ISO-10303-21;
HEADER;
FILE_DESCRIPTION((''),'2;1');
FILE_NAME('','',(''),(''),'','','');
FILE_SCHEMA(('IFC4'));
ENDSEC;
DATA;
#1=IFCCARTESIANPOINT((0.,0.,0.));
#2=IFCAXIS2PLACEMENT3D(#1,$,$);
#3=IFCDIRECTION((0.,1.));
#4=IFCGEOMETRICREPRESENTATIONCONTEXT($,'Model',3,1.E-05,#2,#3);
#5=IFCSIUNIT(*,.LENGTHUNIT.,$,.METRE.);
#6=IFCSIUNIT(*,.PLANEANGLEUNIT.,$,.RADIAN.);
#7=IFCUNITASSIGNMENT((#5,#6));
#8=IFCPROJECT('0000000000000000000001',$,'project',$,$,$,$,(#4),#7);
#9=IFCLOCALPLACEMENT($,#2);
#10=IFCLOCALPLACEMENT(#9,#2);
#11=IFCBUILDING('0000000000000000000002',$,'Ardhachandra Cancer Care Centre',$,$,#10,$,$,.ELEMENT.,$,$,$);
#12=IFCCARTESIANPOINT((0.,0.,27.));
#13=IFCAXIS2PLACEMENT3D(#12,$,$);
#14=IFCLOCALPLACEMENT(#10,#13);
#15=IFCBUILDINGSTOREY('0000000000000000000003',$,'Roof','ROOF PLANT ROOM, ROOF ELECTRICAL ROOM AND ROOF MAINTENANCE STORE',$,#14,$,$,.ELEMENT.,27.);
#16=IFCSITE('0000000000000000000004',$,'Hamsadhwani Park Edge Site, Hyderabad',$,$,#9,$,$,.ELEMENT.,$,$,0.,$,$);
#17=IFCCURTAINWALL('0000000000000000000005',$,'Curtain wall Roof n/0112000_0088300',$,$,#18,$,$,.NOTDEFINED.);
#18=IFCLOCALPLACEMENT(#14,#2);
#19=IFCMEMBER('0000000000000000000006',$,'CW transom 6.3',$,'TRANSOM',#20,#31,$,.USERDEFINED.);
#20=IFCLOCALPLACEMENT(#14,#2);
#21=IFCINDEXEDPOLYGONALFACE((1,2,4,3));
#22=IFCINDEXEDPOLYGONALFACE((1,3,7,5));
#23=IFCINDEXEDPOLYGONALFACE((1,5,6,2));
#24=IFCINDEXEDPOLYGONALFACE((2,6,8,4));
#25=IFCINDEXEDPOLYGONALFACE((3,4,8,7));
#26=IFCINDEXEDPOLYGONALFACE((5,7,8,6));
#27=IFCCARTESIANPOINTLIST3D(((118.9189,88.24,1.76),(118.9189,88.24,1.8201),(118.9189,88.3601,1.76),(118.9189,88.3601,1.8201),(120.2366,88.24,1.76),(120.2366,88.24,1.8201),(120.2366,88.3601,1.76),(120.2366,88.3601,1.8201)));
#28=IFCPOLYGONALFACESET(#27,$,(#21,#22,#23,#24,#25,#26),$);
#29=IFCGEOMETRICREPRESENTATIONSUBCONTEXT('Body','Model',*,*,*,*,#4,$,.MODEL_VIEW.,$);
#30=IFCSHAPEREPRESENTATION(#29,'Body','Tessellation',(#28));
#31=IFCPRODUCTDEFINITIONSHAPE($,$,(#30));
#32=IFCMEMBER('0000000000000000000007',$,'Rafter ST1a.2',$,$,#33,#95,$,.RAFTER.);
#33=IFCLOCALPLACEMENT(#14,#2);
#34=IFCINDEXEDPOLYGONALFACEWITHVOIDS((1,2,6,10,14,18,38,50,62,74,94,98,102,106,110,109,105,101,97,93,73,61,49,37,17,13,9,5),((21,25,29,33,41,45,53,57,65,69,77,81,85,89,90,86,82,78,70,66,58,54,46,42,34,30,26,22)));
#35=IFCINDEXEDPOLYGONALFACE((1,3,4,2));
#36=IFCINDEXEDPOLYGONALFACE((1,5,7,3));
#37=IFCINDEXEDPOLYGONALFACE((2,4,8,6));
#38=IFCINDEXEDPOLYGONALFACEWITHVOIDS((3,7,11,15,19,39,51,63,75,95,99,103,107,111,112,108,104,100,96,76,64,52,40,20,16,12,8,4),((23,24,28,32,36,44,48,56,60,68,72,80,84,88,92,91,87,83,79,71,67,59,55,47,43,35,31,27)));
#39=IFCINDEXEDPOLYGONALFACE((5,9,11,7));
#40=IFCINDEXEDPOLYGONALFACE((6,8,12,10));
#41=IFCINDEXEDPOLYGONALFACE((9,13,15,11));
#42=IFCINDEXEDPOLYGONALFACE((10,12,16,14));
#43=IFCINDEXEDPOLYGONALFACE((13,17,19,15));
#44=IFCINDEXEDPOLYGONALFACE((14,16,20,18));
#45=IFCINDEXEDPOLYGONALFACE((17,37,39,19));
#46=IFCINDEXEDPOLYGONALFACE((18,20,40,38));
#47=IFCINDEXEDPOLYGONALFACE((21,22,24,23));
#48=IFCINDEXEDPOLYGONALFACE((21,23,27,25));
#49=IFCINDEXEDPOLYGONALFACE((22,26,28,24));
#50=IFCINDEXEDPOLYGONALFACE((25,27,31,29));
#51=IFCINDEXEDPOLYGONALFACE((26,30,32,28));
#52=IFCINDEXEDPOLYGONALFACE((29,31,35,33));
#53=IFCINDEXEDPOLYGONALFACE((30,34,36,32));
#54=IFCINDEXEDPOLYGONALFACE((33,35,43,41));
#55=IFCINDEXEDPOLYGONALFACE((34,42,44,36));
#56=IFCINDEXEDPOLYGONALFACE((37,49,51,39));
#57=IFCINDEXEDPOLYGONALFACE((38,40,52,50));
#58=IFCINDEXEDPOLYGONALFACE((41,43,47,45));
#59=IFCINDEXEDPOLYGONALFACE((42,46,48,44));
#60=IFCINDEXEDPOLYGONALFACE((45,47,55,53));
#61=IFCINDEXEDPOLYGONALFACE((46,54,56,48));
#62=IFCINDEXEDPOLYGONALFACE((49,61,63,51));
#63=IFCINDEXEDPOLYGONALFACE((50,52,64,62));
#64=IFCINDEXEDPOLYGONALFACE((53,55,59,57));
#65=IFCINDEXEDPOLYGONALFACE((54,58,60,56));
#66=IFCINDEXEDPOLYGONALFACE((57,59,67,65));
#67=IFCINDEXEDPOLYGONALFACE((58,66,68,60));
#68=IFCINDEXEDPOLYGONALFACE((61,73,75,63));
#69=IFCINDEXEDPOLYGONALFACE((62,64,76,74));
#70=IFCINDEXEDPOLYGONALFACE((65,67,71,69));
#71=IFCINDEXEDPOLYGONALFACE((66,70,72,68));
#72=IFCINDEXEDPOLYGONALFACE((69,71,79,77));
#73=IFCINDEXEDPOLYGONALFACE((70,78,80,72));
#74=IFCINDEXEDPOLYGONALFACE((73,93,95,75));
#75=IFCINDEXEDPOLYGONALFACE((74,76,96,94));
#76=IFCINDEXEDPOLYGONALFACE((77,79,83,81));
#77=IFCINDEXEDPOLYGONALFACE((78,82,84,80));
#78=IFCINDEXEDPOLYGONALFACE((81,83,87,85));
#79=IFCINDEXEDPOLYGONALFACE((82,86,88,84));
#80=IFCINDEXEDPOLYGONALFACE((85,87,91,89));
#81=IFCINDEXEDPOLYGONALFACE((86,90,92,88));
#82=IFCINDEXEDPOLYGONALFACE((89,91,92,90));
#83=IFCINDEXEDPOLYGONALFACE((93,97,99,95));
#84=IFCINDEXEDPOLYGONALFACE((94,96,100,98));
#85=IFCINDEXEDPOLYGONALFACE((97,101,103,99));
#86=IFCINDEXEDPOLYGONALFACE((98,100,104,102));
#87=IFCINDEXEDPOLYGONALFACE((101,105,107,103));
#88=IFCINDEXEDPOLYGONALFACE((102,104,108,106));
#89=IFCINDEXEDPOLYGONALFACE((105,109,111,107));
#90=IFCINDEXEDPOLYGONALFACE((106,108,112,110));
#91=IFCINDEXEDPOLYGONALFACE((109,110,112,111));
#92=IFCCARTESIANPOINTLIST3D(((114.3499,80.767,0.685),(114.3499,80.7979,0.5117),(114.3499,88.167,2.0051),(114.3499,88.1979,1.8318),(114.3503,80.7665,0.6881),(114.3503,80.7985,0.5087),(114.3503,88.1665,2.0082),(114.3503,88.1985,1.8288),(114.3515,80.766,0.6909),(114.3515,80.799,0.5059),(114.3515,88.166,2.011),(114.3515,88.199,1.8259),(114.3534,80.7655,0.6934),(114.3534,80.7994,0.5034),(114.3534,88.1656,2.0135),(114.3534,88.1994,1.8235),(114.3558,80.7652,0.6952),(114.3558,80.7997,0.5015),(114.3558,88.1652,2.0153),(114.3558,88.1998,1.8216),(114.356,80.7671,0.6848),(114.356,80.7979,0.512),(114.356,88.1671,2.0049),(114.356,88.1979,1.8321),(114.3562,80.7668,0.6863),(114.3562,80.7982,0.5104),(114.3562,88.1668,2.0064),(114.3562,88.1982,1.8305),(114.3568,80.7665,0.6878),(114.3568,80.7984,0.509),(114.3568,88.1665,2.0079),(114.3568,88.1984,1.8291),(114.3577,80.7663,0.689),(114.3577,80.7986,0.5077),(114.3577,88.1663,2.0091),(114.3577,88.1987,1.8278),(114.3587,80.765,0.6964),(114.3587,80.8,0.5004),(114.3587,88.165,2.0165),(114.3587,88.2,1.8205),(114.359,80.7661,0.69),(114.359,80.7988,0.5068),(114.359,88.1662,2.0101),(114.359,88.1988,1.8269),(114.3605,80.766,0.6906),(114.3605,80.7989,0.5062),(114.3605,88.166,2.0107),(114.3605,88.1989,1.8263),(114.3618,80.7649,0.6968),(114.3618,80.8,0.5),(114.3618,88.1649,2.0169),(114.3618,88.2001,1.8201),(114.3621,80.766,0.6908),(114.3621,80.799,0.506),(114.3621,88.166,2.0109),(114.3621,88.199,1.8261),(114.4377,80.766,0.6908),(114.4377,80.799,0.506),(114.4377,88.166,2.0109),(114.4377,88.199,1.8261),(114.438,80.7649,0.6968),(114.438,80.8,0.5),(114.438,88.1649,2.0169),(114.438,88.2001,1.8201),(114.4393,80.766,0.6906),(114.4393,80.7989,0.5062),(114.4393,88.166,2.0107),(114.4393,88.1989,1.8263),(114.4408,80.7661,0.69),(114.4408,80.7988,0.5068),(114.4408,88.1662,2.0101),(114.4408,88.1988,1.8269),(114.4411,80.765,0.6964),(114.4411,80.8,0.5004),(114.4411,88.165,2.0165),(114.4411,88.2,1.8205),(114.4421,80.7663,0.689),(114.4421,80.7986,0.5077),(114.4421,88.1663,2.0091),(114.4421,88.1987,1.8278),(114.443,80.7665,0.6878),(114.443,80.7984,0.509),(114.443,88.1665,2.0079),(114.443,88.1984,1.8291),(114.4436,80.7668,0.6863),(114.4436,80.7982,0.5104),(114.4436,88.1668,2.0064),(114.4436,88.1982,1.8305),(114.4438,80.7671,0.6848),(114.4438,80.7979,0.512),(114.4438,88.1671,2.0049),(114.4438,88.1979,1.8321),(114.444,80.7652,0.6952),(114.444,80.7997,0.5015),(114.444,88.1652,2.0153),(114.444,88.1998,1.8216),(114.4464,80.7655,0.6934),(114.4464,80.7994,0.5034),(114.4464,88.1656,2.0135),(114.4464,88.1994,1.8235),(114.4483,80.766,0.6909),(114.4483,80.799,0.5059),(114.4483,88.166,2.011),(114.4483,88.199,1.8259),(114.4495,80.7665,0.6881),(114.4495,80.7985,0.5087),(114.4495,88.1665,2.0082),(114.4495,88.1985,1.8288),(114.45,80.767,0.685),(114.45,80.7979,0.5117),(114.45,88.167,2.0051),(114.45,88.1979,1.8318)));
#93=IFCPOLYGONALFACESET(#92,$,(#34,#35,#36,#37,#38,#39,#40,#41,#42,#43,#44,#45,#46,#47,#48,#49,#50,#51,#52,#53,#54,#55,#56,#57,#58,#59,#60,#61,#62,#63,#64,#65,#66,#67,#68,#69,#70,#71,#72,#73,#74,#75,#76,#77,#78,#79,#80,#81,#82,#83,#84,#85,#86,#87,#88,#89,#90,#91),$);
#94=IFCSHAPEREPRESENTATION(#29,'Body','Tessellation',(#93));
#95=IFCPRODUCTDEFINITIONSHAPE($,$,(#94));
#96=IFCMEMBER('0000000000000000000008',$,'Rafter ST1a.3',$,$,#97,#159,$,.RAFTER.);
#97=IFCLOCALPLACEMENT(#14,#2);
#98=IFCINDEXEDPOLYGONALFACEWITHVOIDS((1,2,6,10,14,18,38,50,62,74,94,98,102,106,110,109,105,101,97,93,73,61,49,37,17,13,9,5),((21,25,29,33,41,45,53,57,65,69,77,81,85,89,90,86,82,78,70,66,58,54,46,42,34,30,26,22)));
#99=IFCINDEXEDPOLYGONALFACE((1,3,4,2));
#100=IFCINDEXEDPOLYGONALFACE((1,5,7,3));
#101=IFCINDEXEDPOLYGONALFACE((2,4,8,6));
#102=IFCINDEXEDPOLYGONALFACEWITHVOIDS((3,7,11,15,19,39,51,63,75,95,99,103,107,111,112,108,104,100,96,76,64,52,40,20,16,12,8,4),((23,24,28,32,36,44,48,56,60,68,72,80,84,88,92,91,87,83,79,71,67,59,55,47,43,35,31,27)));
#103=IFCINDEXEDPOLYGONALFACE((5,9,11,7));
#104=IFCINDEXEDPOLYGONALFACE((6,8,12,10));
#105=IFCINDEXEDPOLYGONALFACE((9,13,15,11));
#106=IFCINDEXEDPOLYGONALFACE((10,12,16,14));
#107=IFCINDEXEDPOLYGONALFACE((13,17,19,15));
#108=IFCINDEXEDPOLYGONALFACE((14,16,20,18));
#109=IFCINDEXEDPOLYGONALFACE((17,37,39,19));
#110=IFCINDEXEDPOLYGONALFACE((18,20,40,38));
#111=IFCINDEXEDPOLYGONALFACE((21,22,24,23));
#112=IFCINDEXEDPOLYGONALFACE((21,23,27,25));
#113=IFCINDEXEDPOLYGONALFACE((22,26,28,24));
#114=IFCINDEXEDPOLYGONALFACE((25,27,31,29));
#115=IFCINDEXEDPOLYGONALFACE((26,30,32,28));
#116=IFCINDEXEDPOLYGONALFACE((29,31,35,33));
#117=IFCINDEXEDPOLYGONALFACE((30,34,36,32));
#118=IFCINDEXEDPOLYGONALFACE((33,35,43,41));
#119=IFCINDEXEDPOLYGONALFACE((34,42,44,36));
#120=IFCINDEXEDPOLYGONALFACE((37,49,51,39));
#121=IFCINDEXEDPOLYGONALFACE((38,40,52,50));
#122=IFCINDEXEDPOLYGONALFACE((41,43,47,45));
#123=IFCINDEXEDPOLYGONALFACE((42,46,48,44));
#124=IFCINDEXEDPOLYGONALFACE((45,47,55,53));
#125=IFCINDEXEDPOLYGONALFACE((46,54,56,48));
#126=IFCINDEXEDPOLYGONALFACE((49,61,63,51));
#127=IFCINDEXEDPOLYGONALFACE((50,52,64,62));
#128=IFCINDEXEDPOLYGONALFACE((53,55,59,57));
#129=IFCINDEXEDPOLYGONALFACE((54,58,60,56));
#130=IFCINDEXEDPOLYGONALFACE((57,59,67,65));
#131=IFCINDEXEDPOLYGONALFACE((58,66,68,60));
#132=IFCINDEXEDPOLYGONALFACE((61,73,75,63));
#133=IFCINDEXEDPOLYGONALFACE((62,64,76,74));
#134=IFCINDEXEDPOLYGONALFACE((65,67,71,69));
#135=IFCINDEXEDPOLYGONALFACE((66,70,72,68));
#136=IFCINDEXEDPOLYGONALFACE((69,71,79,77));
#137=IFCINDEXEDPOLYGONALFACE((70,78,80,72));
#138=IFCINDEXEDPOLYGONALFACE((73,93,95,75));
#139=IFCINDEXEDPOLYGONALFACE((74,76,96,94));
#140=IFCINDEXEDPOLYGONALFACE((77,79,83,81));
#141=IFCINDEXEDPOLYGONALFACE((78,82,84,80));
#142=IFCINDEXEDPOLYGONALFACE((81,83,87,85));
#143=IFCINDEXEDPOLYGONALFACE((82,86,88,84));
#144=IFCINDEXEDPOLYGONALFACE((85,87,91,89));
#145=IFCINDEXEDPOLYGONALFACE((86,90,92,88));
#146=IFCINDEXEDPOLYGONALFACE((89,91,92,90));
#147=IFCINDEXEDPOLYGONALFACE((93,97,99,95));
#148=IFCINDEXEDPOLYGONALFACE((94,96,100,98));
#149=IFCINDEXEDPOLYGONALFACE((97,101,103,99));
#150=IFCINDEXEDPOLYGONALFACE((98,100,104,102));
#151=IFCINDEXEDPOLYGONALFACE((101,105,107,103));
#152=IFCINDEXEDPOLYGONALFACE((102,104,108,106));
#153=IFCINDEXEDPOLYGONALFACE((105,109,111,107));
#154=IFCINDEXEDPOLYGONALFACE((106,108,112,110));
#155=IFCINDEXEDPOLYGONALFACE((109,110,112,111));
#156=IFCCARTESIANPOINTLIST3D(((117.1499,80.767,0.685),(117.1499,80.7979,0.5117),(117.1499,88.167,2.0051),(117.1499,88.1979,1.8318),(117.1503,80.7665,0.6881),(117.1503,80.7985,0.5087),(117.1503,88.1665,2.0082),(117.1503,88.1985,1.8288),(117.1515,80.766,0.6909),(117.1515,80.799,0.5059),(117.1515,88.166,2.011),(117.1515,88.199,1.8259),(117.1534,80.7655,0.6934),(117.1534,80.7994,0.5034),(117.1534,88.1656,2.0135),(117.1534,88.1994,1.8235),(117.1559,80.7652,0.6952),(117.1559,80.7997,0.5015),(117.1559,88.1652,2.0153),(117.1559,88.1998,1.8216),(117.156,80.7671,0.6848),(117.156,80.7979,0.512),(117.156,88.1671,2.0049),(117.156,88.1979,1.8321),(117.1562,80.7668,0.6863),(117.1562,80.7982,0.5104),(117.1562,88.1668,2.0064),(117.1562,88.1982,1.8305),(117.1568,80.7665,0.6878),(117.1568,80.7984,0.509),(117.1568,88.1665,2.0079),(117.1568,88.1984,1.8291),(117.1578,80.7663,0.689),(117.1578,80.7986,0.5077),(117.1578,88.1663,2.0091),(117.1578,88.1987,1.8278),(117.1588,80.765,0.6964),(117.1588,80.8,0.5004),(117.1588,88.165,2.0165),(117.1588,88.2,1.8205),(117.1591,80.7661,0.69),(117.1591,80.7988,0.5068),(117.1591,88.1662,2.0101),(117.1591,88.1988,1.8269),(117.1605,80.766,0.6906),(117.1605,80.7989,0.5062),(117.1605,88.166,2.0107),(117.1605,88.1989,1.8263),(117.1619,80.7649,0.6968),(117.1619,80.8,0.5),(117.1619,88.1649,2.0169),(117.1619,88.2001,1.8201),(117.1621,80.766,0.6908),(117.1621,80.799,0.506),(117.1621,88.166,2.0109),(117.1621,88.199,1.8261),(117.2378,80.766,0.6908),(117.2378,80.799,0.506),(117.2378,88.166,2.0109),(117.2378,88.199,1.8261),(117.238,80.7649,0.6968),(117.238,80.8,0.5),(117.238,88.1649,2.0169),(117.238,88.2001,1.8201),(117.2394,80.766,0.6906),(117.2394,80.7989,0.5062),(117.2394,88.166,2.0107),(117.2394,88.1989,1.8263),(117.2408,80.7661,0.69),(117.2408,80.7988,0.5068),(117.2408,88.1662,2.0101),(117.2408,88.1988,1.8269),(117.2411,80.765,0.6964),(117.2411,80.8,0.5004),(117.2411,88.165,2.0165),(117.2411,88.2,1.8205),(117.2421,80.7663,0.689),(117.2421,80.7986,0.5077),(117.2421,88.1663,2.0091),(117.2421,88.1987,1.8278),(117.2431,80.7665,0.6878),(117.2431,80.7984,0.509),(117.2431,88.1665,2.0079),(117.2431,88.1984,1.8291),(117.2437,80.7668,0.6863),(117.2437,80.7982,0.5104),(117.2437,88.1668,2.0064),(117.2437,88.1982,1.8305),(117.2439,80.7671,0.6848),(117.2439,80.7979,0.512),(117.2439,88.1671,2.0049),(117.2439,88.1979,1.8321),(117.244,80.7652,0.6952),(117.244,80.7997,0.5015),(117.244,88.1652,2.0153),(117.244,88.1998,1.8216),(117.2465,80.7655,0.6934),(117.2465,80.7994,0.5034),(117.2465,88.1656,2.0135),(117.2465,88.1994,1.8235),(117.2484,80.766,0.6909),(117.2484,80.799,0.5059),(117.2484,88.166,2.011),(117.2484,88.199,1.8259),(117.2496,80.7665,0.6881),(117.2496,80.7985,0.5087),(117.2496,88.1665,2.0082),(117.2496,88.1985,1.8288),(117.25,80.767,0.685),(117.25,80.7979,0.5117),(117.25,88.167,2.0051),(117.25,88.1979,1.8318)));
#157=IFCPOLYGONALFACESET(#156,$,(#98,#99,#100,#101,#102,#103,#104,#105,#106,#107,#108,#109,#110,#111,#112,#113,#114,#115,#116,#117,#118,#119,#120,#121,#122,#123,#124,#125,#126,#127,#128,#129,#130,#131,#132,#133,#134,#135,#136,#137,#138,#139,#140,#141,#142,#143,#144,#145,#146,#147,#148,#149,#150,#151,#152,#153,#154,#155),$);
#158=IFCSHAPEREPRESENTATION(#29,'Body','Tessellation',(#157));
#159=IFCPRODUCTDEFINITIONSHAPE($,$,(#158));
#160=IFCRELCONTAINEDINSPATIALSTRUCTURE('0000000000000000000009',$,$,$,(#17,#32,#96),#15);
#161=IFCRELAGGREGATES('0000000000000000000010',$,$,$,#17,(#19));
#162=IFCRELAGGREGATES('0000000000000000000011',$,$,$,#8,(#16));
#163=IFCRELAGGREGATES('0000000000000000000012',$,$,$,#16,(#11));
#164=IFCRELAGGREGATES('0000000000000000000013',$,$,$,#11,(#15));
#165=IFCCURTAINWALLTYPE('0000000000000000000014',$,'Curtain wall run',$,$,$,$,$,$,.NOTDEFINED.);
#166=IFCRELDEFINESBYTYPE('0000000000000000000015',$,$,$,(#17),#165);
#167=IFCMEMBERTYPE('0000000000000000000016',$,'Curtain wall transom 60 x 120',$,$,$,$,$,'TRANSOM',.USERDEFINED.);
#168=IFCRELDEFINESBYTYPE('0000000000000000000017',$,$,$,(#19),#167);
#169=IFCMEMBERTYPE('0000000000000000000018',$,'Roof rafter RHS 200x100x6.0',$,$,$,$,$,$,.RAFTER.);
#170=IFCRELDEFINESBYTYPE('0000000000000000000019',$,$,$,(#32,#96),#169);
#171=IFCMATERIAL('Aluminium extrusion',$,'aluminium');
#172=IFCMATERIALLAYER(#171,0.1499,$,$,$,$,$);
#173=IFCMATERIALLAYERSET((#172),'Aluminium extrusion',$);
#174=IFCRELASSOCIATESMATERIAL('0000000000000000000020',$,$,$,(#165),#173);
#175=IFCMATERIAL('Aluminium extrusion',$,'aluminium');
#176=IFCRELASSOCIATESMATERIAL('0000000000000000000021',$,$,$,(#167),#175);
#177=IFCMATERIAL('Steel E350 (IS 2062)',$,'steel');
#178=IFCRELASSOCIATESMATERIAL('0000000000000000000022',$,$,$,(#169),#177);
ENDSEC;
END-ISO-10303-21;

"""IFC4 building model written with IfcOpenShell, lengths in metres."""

from ifc_helpers import new_model, si_unit, direction, frame, origin, origin_2d, place, context, subcontext, project, spatial, rectangle, hollow_rectangle, extrude, material, layer, layer_set, material_profile, profile_set, type_object, element, aggregate, save


model = new_model("IFC4")

# Units and contexts
model_context = context("Model", 3, precision=1e-05, world=origin(), true_north=direction((0.0, 1.0)))
body_context = subcontext(model_context, "Body", "Model", "MODEL_VIEW")
ifc_project = project(units=[si_unit("LENGTHUNIT", "METRE"), si_unit("PLANEANGLEUNIT", "RADIAN")], contexts=[model_context])

# Site, building, storey
site_placement = place(None, origin())
site = spatial("IfcSite", under=ifc_project, at=site_placement, Name="Hamsadhwani Park Edge Site, Hyderabad", CompositionType="ELEMENT", RefElevation=0.0)
building_placement = place(site_placement, origin())
building = spatial("IfcBuilding", under=site, at=building_placement, Name="Ardhachandra Cancer Care Centre", CompositionType="ELEMENT")
storey_placement = place(building_placement, frame((0.0, 0.0, 27.0)))
storey = spatial("IfcBuildingStorey", under=building, at=storey_placement, Name="Roof", Description="ROOF PLANT ROOM, ROOF ELECTRICAL ROOM AND ROOF MAINTENANCE STORE", CompositionType="ELEMENT", Elevation=27.0)

# Curtain wall, member
ifc_material_1 = material(Name="Aluminium extrusion", Category="aluminium")
ifc_layer_1 = layer(ifc_material_1, 0.1499)
ifc_layer_set_1 = layer_set([ifc_layer_1], Name="Aluminium extrusion")
curtain_wall_type = type_object("IfcCurtainWallType", Name="Curtain wall run", PredefinedType="NOTDEFINED", material=ifc_layer_set_1)
curtain_wall_placement = place(storey_placement, origin())
curtain_wall = element("IfcCurtainWall", 1, at=curtain_wall_placement, inside=storey, type_object=curtain_wall_type, Name="Curtain wall Roof n/0112000_0088300", PredefinedType="NOTDEFINED")
ifc_material_2 = material(Name="Aluminium extrusion", Category="aluminium")
ifc_material_profile_1 = material_profile(ifc_material_2, rectangle(XDim=0.1201, YDim=0.0601, at=origin_2d()), Name="Curtain wall transom 60 x 120")
ifc_profile_set_1 = profile_set([ifc_material_profile_1], Name="Aluminium extrusion")
member_type_1 = type_object("IfcMemberType", Name="Curtain wall transom 60 x 120", ElementType="TRANSOM", PredefinedType="USERDEFINED", material=ifc_profile_set_1)
member_1_placement = place(storey_placement, frame((118.9189, 88.3, 1.79), z_axis=(1.0, 0.0, 0.0), x_axis=(0.0, 1.0, 0.0)))
member_1 = element("IfcMember", 2, at=member_1_placement, type_object=member_type_1, Name="CW transom 6.3", ObjectType="TRANSOM", PredefinedType="USERDEFINED", context=body_context, shape_type="SweptSolid", body=[
    extrude(rectangle(XDim=0.1201, YDim=0.0601, at=origin_2d()), origin(), (0.0, 0.0, 1.0), 1.3176),
])

# Members
ifc_material_3 = material(Name="Steel E350 (IS 2062)", Category="steel")
ifc_material_profile_2 = material_profile(ifc_material_3, hollow_rectangle(XDim=0.1001, YDim=0.2, WallThickness=0.0061, InnerFilletRadius=0.0061, OuterFilletRadius=0.012, at=origin_2d()), Name="RHS 200x100x6.0")
ifc_profile_set_2 = profile_set([ifc_material_profile_2], Name="Steel E350 (IS 2062)")
member_type_2 = type_object("IfcMemberType", Name="Roof rafter RHS 200x100x6.0", PredefinedType="RAFTER", material=ifc_profile_set_2)
for number, where, z_axis, x_axis, name in (
    (3, (114.3999, 80.7825, 0.5984), (0.0, 0.984458, 0.175618), (-1.0, 0.0, 0.0), "Rafter ST1a.2"),
    (4, (117.2, 80.7825, 0.5984), (0.0, 0.984458, 0.175618), (-1.0, 0.0, 0.0), "Rafter ST1a.3"),
):
    element("IfcMember", number, at=place(storey_placement, frame(where, z_axis=z_axis, x_axis=x_axis)), inside=storey, type_object=member_type_2, Name=name, PredefinedType="RAFTER", context=body_context, shape_type="SweptSolid", body=[
        extrude(hollow_rectangle(XDim=0.1001, YDim=0.2, WallThickness=0.0061, InnerFilletRadius=0.0061, OuterFilletRadius=0.012, at=origin_2d()), origin(), (0.0, 0.0, 1.0), 7.5168),
    ])

aggregate(curtain_wall, [member_1])

save(model, "model.ifc")
